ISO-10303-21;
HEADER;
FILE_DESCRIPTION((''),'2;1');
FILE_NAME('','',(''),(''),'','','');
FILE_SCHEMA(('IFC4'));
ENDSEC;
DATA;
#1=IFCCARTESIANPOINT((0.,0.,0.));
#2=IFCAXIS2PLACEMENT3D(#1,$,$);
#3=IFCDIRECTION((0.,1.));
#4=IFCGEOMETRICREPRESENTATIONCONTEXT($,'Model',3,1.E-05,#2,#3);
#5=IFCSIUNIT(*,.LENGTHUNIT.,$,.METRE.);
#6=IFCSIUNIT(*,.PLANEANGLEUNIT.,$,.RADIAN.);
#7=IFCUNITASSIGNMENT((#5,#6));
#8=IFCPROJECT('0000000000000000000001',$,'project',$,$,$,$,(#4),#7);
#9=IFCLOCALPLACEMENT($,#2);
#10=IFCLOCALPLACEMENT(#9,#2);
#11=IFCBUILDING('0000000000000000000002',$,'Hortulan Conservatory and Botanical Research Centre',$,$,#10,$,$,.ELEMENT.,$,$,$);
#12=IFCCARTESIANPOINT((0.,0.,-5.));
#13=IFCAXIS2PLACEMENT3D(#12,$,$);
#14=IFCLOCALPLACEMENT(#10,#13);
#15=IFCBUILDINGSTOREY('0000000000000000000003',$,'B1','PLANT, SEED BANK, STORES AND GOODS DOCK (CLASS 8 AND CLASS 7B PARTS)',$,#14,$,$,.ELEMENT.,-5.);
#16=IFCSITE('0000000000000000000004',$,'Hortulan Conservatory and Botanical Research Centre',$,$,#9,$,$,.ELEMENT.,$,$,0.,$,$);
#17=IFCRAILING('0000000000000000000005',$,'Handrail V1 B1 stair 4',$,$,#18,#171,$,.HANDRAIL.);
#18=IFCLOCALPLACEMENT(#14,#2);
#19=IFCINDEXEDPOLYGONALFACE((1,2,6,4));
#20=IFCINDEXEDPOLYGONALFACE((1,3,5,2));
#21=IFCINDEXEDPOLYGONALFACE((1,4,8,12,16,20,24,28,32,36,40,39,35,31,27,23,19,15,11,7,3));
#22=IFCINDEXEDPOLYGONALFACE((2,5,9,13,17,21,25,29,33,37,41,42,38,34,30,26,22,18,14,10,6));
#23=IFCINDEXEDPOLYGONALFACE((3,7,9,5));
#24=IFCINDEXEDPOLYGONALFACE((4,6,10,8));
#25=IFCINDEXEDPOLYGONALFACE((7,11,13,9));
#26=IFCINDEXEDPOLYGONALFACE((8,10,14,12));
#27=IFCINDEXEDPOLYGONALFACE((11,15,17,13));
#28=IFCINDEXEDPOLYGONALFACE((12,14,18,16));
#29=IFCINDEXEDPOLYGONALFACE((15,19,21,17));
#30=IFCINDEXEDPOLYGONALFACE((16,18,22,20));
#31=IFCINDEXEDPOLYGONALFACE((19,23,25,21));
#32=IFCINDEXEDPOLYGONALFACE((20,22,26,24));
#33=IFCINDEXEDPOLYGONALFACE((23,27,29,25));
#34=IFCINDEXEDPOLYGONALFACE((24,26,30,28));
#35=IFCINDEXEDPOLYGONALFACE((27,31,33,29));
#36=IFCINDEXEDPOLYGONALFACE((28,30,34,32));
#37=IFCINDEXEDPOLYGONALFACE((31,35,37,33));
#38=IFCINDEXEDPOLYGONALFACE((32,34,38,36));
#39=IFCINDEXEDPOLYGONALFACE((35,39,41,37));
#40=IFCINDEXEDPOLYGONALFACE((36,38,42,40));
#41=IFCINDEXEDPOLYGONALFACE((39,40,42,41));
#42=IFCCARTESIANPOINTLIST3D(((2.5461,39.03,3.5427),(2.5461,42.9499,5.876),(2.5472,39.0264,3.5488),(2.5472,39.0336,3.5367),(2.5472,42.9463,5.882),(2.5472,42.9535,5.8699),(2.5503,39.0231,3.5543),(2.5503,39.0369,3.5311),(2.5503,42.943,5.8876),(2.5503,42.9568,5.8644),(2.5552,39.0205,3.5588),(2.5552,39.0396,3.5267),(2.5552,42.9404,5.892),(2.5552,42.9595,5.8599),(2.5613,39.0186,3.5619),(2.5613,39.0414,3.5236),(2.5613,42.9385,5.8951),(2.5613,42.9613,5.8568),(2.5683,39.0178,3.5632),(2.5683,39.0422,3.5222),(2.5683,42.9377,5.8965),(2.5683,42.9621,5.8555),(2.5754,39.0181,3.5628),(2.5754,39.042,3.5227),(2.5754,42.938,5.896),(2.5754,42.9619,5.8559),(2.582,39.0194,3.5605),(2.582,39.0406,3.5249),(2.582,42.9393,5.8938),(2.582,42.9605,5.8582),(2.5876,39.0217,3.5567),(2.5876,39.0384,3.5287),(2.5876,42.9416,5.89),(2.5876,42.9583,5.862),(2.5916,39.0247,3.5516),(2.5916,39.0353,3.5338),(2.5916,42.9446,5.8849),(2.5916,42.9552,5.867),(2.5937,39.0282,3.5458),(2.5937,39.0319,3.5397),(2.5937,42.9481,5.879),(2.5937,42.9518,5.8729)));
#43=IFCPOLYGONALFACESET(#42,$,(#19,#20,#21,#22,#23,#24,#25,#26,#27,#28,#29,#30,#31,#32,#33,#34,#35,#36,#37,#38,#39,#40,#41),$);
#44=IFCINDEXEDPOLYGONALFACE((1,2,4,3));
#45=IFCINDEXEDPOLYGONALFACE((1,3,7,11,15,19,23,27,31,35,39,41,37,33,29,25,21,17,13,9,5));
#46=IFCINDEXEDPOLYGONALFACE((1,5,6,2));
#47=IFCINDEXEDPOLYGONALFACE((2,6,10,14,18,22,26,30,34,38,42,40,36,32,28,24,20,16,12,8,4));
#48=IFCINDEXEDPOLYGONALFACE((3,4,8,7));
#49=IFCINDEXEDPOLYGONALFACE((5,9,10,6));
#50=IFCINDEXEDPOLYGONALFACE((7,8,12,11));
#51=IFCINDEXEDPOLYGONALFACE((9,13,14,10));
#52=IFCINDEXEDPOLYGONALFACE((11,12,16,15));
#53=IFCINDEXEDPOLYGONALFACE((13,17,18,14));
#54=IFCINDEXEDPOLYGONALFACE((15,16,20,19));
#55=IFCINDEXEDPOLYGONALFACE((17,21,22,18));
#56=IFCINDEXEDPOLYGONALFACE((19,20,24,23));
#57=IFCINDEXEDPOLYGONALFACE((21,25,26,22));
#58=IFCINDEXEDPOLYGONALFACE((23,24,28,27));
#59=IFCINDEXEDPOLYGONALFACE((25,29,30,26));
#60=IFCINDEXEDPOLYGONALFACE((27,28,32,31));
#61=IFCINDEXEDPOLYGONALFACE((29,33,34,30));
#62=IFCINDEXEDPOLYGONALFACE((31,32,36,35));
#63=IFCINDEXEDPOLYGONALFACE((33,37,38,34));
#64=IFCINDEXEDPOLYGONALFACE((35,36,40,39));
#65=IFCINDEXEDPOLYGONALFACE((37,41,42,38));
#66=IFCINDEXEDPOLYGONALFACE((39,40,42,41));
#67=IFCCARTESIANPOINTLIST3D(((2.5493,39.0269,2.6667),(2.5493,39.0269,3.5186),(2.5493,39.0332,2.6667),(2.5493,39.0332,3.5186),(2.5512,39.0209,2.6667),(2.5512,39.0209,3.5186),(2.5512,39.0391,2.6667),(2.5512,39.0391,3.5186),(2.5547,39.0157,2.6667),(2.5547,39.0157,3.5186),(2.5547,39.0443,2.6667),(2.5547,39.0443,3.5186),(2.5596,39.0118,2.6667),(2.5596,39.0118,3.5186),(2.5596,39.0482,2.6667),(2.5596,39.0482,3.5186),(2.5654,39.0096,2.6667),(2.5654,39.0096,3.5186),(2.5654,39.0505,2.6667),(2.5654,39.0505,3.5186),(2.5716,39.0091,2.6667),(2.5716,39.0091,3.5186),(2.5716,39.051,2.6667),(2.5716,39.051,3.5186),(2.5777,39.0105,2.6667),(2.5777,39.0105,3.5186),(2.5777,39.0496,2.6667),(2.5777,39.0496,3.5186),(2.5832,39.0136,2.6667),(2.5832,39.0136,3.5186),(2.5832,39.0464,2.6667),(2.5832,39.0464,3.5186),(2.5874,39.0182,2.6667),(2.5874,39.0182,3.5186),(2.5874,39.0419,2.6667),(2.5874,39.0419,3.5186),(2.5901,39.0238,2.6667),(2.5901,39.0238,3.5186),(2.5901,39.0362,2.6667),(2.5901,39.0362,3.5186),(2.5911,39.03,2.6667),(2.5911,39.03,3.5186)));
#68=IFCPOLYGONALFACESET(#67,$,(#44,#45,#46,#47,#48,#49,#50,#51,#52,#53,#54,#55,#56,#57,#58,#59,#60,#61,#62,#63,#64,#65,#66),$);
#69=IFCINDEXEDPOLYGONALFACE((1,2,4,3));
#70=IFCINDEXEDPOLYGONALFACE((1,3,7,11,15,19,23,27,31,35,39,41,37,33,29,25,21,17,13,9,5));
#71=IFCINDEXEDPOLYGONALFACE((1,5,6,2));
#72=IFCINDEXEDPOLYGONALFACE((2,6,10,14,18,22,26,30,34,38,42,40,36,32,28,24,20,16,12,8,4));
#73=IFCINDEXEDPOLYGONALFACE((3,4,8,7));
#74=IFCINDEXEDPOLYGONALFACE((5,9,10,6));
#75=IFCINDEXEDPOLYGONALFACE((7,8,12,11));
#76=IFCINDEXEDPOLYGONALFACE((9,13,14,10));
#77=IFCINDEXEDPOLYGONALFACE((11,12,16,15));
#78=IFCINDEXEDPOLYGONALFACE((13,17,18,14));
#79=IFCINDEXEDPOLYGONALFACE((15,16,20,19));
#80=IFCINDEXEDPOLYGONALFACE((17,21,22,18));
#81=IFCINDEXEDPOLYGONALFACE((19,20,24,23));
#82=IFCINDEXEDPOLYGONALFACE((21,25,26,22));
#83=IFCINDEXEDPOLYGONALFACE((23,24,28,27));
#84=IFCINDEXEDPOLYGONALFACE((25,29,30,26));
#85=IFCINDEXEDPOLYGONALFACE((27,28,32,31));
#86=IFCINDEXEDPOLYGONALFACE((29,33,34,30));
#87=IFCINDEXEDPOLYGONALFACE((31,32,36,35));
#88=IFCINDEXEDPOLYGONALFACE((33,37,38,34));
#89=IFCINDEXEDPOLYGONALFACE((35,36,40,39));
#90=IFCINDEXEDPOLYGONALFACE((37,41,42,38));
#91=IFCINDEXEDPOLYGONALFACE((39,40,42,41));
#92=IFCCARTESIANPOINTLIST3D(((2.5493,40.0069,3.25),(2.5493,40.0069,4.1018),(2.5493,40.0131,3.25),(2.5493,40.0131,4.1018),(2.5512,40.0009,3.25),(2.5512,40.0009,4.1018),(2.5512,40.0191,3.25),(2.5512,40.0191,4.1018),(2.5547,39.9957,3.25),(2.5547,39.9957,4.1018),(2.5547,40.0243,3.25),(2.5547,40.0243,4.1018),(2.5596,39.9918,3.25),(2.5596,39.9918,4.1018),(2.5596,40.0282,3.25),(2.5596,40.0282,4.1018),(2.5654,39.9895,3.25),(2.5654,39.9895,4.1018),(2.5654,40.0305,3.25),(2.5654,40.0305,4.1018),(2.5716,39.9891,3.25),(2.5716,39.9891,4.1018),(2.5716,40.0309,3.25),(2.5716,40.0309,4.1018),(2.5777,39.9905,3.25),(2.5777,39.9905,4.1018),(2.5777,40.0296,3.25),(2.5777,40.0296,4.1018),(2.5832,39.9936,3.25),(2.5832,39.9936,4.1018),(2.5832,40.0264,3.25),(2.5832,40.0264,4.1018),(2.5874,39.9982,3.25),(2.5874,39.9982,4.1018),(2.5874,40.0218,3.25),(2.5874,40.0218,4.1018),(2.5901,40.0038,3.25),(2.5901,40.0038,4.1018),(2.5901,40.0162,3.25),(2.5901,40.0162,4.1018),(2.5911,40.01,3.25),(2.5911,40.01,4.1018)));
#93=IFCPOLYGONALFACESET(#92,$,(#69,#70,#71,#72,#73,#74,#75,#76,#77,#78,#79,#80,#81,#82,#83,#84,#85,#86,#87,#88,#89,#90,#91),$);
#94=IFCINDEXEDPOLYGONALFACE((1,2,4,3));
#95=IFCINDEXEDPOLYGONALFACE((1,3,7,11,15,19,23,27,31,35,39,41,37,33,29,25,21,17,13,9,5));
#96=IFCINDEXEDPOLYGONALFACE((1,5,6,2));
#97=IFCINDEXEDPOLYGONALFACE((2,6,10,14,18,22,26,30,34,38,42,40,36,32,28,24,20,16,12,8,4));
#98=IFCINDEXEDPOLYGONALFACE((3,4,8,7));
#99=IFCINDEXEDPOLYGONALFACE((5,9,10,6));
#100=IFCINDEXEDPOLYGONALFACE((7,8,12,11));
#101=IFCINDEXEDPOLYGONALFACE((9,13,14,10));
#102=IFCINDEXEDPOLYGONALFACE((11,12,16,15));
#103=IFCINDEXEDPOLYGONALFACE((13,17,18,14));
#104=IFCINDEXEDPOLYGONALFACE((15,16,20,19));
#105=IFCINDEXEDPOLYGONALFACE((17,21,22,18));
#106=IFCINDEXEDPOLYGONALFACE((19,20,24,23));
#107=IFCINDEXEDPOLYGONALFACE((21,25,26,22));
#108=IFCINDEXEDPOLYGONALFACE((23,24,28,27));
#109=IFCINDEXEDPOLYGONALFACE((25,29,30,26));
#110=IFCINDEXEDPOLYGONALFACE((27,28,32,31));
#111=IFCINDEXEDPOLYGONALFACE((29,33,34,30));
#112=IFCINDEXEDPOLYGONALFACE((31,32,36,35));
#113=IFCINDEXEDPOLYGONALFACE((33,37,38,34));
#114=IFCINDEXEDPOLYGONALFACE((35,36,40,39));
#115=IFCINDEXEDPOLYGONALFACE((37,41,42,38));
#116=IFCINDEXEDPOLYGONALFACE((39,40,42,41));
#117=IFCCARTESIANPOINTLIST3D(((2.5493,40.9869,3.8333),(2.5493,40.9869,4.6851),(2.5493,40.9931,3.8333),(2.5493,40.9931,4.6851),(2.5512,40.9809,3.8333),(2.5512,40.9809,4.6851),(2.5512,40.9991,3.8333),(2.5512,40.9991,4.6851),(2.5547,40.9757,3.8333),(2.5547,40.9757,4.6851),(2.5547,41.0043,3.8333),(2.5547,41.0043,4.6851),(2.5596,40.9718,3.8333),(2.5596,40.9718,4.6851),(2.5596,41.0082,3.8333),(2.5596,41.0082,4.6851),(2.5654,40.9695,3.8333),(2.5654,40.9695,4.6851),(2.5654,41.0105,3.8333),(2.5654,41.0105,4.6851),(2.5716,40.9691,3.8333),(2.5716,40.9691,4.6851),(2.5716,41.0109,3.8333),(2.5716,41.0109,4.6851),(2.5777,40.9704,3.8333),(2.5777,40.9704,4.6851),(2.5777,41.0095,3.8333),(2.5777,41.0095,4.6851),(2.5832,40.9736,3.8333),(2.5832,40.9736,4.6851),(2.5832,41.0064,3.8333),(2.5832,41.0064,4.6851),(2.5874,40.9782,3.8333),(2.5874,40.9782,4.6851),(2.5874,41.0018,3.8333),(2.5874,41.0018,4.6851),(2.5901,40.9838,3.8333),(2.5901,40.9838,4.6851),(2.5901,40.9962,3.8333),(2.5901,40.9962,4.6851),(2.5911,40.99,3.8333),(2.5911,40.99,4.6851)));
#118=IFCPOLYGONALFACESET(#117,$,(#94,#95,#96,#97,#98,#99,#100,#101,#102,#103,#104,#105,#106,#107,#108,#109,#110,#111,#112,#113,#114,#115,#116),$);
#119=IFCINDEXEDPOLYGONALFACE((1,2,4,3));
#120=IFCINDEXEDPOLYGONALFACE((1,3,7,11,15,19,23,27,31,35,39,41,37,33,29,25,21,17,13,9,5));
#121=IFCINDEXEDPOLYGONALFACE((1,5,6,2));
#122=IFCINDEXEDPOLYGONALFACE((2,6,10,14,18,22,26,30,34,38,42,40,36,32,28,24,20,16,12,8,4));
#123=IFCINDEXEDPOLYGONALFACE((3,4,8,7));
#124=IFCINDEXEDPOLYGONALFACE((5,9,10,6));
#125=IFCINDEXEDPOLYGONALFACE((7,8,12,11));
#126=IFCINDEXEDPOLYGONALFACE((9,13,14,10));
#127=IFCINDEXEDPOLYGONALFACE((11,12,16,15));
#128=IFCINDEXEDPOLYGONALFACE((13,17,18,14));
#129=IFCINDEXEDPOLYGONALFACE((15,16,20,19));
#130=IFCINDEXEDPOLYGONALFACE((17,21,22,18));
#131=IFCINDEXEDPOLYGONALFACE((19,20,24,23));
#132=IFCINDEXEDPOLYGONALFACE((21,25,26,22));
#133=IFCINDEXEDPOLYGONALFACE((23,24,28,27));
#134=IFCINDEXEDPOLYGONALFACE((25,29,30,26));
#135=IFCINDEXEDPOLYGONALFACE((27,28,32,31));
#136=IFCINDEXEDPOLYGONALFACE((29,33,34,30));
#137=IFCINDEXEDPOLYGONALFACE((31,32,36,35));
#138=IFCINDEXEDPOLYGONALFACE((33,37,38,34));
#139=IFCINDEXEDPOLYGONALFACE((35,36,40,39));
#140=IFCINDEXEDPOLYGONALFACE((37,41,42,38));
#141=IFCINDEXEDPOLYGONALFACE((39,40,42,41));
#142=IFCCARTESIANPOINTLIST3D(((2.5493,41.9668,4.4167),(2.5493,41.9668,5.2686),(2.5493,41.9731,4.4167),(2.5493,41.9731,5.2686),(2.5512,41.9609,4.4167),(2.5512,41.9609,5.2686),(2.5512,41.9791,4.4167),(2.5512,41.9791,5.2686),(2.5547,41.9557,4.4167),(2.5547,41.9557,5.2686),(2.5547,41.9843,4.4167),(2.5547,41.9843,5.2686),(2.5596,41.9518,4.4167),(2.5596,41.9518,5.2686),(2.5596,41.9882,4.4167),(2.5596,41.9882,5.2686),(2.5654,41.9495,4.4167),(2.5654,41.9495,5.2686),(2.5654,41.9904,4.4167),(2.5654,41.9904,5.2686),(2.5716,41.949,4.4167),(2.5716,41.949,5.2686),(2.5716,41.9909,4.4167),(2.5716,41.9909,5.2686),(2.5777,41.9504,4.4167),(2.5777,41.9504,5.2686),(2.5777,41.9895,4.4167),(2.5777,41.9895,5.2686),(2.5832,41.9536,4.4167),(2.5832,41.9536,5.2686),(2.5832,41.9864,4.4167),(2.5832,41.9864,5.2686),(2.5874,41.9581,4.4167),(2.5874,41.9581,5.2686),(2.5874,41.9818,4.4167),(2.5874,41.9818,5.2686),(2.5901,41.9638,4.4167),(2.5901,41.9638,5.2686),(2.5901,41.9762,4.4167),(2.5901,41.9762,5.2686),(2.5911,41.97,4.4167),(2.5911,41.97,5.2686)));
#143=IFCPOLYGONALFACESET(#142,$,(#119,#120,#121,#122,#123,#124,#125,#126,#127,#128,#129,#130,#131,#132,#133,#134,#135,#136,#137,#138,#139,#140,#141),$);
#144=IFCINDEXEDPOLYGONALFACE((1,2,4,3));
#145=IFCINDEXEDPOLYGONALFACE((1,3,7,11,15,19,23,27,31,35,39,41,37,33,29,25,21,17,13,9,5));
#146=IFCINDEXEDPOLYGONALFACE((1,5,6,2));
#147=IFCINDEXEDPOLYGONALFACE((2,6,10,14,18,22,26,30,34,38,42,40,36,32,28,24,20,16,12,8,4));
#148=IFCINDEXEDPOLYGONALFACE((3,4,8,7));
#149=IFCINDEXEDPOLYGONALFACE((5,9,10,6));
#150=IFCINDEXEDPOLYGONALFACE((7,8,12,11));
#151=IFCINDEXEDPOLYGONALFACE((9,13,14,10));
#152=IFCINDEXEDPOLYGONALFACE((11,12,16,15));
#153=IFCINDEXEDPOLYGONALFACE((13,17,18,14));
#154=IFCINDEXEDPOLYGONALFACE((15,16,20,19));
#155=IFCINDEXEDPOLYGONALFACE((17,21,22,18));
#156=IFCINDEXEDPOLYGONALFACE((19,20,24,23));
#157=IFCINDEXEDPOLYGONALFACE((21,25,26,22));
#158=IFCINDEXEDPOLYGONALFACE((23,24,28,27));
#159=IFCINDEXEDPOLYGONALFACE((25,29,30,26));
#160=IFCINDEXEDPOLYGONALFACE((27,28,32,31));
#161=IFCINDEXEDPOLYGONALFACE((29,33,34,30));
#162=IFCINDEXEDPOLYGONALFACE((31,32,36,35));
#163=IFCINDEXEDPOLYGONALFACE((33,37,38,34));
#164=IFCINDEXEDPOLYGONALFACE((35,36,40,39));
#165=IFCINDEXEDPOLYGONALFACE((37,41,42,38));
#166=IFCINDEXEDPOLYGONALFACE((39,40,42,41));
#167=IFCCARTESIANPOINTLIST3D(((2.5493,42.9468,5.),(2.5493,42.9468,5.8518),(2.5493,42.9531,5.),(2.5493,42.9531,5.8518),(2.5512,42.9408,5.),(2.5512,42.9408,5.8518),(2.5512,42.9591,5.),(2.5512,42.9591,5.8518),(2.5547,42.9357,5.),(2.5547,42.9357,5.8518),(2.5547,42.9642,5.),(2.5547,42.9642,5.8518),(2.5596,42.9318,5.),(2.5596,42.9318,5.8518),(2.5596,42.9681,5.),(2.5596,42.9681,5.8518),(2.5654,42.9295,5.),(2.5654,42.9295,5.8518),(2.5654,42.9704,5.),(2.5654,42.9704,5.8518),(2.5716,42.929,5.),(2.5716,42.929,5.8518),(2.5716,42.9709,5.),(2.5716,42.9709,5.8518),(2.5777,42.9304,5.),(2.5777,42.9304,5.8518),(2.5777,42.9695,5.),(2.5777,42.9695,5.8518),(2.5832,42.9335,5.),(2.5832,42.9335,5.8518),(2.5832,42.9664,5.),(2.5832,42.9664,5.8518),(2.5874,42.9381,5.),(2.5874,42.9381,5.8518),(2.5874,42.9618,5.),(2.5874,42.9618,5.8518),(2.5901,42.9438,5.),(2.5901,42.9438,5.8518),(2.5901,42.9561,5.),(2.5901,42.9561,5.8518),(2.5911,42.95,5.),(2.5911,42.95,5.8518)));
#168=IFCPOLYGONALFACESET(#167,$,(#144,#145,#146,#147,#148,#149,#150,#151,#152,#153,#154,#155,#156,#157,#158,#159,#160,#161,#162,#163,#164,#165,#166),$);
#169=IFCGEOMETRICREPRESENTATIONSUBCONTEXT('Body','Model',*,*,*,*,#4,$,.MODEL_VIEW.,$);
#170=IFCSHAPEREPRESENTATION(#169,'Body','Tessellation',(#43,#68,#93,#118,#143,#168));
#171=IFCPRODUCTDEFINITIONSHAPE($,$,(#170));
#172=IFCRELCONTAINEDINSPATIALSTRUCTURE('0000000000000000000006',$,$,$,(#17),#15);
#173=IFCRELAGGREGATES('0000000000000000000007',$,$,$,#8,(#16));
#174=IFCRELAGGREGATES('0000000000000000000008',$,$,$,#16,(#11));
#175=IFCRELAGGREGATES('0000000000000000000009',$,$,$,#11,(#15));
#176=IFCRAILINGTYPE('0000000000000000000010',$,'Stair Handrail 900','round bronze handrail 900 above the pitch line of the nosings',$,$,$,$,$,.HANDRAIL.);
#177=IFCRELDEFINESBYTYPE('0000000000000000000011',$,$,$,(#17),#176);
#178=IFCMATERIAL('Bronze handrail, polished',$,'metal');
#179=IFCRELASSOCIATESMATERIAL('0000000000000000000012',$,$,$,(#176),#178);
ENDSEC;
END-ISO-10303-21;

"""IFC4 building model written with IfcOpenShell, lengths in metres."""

from ifc_helpers import new_model, si_unit, direction, frame, origin, origin_2d, place, context, subcontext, project, spatial, circle, extrude, material, type_object, element, save


model = new_model("IFC4")

# Units and contexts
model_context = context("Model", 3, precision=1e-05, world=origin(), true_north=direction((0.0, 1.0)))
body_context = subcontext(model_context, "Body", "Model", "MODEL_VIEW")
ifc_project = project(units=[si_unit("LENGTHUNIT", "METRE"), si_unit("PLANEANGLEUNIT", "RADIAN")], contexts=[model_context])

# Site, building, storey
site_placement = place(None, origin())
site = spatial("IfcSite", under=ifc_project, at=site_placement, Name="Hortulan Conservatory and Botanical Research Centre", CompositionType="ELEMENT", RefElevation=0.0)
building_placement = place(site_placement, origin())
building = spatial("IfcBuilding", under=site, at=building_placement, Name="Hortulan Conservatory and Botanical Research Centre", CompositionType="ELEMENT")
storey_placement = place(building_placement, frame((0.0, 0.0, -5.0)))
storey = spatial("IfcBuildingStorey", under=building, at=storey_placement, Name="B1", Description="PLANT, SEED BANK, STORES AND GOODS DOCK (CLASS 8 AND CLASS 7B PARTS)", CompositionType="ELEMENT", Elevation=-5.0)

# Railing
ifc_material_1 = material(Name="Bronze handrail, polished", Category="metal")
railing_type_1 = type_object("IfcRailingType", Name="Stair Handrail 900", Description="round bronze handrail 900 above the pitch line of the nosings", PredefinedType="HANDRAIL", material=ifc_material_1)
railing_1_placement = place(storey_placement, frame((2.5701, 39.03, 2.6667)))
element("IfcRailing", 1, at=railing_1_placement, inside=storey, type_object=railing_type_1, Name="Handrail V1 B1 stair 4", PredefinedType="HANDRAIL", context=body_context, shape_type="SweptSolid", body=[
    extrude(circle(Radius=0.0239, at=origin_2d()), frame((0.0, 0.0, 0.876), z_axis=(0.0, 0.859296, 0.511478), x_axis=(-1.0, 0.0, 0.0)), (0.0, 0.0, 1.0), 4.5618),
    extrude(circle(Radius=0.021, at=origin_2d()), origin(), (0.0, 0.0, 1.0), 0.8518),
    extrude(circle(Radius=0.021, at=origin_2d()), frame((0.0, 0.98, 0.5833)), (0.0, 0.0, 1.0), 0.8518),
    extrude(circle(Radius=0.021, at=origin_2d()), frame((0.0, 1.96, 1.1665)), (0.0, 0.0, 1.0), 0.8518),
    extrude(circle(Radius=0.021, at=origin_2d()), frame((0.0, 2.9399, 1.75)), (0.0, 0.0, 1.0), 0.8518),
    extrude(circle(Radius=0.021, at=origin_2d()), frame((0.0, 3.9199, 2.3333)), (0.0, 0.0, 1.0), 0.8518),
])

save(model, "model.ifc")
